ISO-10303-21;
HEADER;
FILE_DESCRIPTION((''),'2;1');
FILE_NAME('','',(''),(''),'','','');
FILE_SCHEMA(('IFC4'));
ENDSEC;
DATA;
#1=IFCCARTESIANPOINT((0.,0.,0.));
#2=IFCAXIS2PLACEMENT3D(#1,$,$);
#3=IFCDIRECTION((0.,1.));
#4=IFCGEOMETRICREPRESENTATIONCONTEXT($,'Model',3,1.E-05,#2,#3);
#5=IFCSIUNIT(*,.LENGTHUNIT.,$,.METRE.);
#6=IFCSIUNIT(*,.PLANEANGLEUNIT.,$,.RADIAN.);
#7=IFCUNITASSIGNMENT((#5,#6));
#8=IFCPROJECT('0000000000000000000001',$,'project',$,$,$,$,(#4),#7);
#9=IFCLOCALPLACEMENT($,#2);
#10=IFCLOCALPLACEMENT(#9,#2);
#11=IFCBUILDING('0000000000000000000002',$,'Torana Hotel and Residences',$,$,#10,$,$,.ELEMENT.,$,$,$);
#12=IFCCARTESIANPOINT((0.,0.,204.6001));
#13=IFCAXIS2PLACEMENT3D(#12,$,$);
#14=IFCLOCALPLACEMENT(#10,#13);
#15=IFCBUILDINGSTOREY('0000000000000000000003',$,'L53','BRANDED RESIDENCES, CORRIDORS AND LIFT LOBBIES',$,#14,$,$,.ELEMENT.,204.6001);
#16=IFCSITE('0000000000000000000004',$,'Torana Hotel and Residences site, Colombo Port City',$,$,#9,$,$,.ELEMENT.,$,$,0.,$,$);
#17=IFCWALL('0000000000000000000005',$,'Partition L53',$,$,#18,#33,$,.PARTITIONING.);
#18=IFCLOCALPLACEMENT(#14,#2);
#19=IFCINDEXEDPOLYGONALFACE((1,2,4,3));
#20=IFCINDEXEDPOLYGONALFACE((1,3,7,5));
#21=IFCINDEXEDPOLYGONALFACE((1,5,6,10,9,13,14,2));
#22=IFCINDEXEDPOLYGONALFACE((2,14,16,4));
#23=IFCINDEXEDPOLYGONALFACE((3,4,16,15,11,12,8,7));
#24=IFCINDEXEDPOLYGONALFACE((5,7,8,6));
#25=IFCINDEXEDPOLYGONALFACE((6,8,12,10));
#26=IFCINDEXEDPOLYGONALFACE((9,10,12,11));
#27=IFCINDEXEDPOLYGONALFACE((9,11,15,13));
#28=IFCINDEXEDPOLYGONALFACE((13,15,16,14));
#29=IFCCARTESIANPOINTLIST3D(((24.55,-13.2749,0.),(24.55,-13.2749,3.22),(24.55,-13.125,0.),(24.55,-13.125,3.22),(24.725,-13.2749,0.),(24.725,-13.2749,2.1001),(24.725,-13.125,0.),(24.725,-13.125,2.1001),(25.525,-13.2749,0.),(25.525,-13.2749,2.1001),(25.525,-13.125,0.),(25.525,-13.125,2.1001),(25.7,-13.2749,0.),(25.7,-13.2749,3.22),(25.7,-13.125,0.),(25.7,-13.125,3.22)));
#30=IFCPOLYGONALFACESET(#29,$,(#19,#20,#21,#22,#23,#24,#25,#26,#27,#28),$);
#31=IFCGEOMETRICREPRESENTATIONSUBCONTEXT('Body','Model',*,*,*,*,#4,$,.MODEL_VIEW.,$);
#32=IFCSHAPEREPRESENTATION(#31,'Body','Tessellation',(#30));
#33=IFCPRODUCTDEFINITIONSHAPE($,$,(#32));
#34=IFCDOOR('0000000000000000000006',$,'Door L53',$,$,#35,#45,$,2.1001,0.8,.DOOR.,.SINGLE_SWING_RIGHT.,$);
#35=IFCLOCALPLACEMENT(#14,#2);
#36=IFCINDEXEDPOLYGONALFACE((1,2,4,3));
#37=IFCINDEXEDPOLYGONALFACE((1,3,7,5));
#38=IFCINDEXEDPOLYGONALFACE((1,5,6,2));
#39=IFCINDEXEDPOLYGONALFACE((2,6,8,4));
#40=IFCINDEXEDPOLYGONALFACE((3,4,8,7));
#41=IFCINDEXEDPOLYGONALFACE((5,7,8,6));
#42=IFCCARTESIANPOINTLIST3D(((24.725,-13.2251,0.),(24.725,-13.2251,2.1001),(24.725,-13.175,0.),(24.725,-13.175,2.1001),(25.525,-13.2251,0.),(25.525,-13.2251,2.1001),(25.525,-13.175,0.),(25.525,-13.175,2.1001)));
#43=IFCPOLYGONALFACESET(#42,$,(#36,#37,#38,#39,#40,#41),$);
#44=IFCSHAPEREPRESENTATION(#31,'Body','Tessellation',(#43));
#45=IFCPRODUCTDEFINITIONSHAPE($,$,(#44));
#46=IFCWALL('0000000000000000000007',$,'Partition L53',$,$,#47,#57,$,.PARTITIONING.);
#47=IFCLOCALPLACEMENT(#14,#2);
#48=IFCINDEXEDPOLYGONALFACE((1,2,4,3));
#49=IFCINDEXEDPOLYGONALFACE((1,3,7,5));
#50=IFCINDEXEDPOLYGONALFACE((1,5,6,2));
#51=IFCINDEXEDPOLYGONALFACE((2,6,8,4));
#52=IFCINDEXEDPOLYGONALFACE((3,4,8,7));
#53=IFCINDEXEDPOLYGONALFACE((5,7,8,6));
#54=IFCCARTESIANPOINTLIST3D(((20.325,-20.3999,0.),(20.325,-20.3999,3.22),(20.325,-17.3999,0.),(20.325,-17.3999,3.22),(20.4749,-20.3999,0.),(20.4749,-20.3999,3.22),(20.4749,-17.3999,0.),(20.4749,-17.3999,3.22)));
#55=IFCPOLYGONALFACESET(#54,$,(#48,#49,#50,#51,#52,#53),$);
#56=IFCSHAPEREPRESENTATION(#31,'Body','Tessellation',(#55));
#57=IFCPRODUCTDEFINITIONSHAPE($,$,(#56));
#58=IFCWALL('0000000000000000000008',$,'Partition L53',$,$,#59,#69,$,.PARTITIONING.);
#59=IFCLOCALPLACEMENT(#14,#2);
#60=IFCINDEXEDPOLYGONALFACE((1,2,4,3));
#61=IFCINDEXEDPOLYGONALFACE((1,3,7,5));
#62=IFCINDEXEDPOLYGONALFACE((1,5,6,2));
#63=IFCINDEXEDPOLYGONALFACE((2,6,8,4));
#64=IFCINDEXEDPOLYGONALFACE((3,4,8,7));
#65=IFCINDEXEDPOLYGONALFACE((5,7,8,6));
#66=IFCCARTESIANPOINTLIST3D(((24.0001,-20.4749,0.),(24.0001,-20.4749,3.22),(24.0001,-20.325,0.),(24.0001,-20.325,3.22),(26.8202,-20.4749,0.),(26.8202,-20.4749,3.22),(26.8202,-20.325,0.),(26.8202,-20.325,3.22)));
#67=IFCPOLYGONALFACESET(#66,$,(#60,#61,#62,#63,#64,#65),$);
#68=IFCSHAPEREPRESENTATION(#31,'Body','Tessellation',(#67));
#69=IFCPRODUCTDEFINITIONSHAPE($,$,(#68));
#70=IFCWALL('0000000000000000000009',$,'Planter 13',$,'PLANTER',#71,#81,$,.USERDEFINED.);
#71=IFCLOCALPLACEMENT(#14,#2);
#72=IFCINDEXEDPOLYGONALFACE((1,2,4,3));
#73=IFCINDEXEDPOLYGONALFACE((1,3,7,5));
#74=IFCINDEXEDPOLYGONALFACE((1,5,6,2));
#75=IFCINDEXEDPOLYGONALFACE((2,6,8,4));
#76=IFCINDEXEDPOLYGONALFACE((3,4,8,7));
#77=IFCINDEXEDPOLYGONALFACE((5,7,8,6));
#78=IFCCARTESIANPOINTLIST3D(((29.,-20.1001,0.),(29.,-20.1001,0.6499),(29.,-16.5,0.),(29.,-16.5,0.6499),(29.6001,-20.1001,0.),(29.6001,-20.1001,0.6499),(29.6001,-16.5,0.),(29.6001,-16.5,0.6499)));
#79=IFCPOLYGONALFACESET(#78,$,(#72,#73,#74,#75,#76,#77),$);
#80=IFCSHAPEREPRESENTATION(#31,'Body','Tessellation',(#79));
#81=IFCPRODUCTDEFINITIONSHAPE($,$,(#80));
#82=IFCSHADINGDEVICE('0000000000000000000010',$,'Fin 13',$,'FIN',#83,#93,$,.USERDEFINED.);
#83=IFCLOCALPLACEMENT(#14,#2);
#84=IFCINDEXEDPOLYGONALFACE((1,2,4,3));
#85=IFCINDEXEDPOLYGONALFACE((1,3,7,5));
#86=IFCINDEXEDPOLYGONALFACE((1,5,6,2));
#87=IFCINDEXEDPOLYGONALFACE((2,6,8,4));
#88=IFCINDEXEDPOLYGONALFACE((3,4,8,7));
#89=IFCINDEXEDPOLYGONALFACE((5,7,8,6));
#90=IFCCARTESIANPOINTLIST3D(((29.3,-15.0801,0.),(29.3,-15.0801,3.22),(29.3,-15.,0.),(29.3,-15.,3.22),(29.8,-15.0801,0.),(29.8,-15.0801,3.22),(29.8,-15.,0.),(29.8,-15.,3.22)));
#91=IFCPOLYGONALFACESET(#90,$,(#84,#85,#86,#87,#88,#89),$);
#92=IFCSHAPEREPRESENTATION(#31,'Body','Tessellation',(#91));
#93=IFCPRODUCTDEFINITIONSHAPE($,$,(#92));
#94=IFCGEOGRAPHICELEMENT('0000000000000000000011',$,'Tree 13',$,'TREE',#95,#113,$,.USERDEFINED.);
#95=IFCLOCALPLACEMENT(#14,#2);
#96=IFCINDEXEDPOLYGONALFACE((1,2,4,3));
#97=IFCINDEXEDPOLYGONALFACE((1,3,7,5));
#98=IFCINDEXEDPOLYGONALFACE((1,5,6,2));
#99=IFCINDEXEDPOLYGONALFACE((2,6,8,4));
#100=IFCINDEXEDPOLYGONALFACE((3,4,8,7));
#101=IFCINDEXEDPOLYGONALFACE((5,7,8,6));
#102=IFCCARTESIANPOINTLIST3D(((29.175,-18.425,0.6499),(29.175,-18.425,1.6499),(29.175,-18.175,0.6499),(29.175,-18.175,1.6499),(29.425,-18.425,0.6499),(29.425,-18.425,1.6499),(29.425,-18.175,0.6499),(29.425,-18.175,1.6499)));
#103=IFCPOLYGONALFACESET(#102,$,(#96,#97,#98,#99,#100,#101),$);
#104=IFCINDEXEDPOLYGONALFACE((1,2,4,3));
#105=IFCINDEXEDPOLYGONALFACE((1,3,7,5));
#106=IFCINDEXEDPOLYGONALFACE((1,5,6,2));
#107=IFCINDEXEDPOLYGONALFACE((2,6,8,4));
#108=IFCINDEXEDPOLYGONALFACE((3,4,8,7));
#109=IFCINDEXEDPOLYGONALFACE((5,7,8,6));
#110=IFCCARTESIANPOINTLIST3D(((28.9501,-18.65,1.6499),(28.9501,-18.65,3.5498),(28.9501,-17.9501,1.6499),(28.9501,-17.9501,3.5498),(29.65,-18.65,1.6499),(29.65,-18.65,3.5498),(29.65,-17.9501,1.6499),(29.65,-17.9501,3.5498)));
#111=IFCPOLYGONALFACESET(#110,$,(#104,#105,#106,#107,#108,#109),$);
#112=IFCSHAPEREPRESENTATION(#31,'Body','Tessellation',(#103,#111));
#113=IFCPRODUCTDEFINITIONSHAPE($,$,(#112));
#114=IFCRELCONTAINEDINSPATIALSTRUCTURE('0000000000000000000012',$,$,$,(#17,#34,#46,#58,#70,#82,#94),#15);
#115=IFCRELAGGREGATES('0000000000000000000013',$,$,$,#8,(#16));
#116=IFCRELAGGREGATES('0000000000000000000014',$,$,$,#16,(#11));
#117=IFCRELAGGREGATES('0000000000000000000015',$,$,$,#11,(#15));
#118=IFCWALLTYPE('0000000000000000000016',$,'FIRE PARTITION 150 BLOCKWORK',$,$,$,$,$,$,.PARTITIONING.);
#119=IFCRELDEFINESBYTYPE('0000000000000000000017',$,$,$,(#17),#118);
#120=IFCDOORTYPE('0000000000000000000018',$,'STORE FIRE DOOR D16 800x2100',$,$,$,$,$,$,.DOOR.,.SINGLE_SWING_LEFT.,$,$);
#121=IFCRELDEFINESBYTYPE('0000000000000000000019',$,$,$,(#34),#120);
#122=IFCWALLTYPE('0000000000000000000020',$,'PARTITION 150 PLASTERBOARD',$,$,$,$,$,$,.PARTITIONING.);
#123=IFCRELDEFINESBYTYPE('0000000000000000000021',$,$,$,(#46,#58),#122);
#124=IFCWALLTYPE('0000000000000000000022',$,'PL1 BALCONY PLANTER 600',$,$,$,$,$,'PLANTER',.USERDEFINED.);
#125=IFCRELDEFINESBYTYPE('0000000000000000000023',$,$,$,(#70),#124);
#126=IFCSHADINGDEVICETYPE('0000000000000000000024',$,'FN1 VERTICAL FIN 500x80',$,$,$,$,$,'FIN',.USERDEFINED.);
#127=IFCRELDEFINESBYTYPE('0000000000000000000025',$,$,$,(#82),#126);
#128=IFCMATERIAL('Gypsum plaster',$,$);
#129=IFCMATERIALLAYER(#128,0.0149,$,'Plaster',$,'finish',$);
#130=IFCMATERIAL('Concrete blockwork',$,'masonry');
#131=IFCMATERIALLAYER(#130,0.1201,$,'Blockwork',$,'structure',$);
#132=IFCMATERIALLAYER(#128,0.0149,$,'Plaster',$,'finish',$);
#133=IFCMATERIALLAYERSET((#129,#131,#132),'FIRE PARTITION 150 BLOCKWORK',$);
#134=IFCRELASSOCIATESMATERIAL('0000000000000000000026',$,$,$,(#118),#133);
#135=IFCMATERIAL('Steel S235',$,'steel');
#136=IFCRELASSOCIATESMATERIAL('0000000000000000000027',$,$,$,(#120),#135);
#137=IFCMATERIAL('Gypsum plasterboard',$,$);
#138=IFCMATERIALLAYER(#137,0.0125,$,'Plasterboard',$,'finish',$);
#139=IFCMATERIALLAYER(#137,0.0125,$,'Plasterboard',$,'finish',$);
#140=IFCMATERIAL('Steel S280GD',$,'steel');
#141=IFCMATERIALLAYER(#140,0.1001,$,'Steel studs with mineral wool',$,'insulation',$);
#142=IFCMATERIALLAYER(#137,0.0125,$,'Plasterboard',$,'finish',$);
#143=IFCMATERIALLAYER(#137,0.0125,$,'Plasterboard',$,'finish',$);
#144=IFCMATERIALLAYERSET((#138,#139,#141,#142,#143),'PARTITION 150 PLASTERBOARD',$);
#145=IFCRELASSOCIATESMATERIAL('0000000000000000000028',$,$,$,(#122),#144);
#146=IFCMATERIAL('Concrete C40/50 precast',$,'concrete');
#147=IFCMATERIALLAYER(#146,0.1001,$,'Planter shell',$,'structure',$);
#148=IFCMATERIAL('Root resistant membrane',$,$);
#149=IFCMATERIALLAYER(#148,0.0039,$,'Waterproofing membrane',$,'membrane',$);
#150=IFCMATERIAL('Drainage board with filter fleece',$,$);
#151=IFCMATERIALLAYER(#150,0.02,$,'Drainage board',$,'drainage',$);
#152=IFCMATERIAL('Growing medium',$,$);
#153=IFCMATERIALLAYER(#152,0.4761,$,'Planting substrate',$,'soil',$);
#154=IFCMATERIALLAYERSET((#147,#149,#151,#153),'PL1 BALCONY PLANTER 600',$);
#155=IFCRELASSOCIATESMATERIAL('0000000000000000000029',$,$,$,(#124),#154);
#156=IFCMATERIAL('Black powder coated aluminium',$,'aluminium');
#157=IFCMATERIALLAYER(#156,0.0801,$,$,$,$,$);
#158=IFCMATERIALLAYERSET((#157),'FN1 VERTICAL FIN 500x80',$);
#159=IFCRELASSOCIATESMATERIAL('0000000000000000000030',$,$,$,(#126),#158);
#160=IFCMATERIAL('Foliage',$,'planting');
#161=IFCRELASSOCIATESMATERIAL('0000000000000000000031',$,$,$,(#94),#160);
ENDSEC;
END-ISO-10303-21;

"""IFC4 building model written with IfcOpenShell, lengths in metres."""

from ifc_helpers import new_model, si_unit, direction, frame, frame_2d, origin, origin_2d, place, context, subcontext, project, spatial, rectangle, extrude, material, layer, layer_set, type_object, element, fill, save


model = new_model("IFC4")

# Units and contexts
model_context = context("Model", 3, precision=1e-05, world=origin(), true_north=direction((0.0, 1.0)))
body_context = subcontext(model_context, "Body", "Model", "MODEL_VIEW")
ifc_project = project(units=[si_unit("LENGTHUNIT", "METRE"), si_unit("PLANEANGLEUNIT", "RADIAN")], contexts=[model_context])

# Site, building, storey
site_placement = place(None, origin())
site = spatial("IfcSite", under=ifc_project, at=site_placement, Name="Torana Hotel and Residences site, Colombo Port City", CompositionType="ELEMENT", RefElevation=0.0)
building_placement = place(site_placement, origin())
building = spatial("IfcBuilding", under=site, at=building_placement, Name="Torana Hotel and Residences", CompositionType="ELEMENT")
storey_placement = place(building_placement, frame((0.0, 0.0, 204.6001)))
storey = spatial("IfcBuildingStorey", under=building, at=storey_placement, Name="L53", Description="BRANDED RESIDENCES, CORRIDORS AND LIFT LOBBIES", CompositionType="ELEMENT", Elevation=204.6001)

# Shared definitions
ifc_material_1 = material(Name="Gypsum plaster")
ifc_layer_1 = layer(ifc_material_1, 0.0149, Name="Plaster", Category="finish")
ifc_material_2 = material(Name="Concrete blockwork", Category="masonry")
ifc_layer_2 = layer(ifc_material_2, 0.1201, Name="Blockwork", Category="structure")
ifc_layer_3 = layer(ifc_material_1, 0.0149, Name="Plaster", Category="finish")
ifc_layer_set_1 = layer_set([ifc_layer_1, ifc_layer_2, ifc_layer_3], Name="FIRE PARTITION 150 BLOCKWORK")
wall_type_1 = type_object("IfcWallType", Name="FIRE PARTITION 150 BLOCKWORK", PredefinedType="PARTITIONING", material=ifc_layer_set_1)

# Wall, opening, door
wall_1_placement = place(storey_placement, frame((24.55, -13.2, 0.0), z_axis=(0.0, 0.0, 1.0), x_axis=(1.0, 0.0, 0.0)))
wall_1 = element("IfcWall", 1, at=wall_1_placement, inside=storey, type_object=wall_type_1, Name="Partition L53", PredefinedType="PARTITIONING", context=body_context, shape_type="SweptSolid", body=[
    extrude(rectangle(XDim=1.1499, YDim=0.1499, at=frame_2d((0.575, 0.0))), origin(), (0.0, 0.0, 1.0), 3.22),
])
opening_1_placement = place(wall_1_placement, frame((0.175, 0.0, 0.0)))
opening_1 = element("IfcOpeningElement", 2, at=opening_1_placement, cuts=wall_1, PredefinedType="OPENING", context=body_context, shape_type="SweptSolid", body=[
    extrude(rectangle(XDim=0.8, YDim=2.1001, at=frame_2d((0.3999, 1.05))), frame((0.0, 0.085, 0.0), z_axis=(0.0, -1.0, 0.0), x_axis=(1.0, 0.0, 0.0)), (0.0, 0.0, 1.0), 0.1699),
])
ifc_material_3 = material(Name="Steel S235", Category="steel")
door_type_1 = type_object("IfcDoorType", Name="STORE FIRE DOOR D16 800x2100", OperationType="SINGLE_SWING_LEFT", PredefinedType="DOOR", material=ifc_material_3)
door_1_placement = place(opening_1_placement, origin())
door_1 = element("IfcDoor", 3, at=door_1_placement, inside=storey, type_object=door_type_1, Name="Door L53", OperationType="SINGLE_SWING_RIGHT", OverallHeight=2.1001, OverallWidth=0.8, PredefinedType="DOOR", context=body_context, shape_type="SweptSolid", body=[
    extrude(rectangle(XDim=0.8, YDim=2.1001, at=frame_2d((0.3999, 1.05))), frame((0.0, 0.0249, 0.0), z_axis=(0.0, -1.0, 0.0), x_axis=(1.0, 0.0, 0.0)), (0.0, 0.0, 1.0), 0.05),
])
fill(opening_1, door_1)

# Walls
ifc_material_4 = material(Name="Gypsum plasterboard")
ifc_layer_4 = layer(ifc_material_4, 0.0125, Name="Plasterboard", Category="finish")
ifc_layer_5 = layer(ifc_material_4, 0.0125, Name="Plasterboard", Category="finish")
ifc_material_5 = material(Name="Steel S280GD", Category="steel")
ifc_layer_6 = layer(ifc_material_5, 0.1001, Name="Steel studs with mineral wool", Category="insulation")
ifc_layer_7 = layer(ifc_material_4, 0.0125, Name="Plasterboard", Category="finish")
ifc_layer_8 = layer(ifc_material_4, 0.0125, Name="Plasterboard", Category="finish")
ifc_layer_set_2 = layer_set([ifc_layer_4, ifc_layer_5, ifc_layer_6, ifc_layer_7, ifc_layer_8], Name="PARTITION 150 PLASTERBOARD")
wall_type_2 = type_object("IfcWallType", Name="PARTITION 150 PLASTERBOARD", PredefinedType="PARTITIONING", material=ifc_layer_set_2)
wall_2_placement = place(storey_placement, frame((20.3999, -20.3999, 0.0), z_axis=(0.0, 0.0, 1.0), x_axis=(0.0, 1.0, 0.0)))
element("IfcWall", 4, at=wall_2_placement, inside=storey, type_object=wall_type_2, Name="Partition L53", PredefinedType="PARTITIONING", context=body_context, shape_type="SweptSolid", body=[
    extrude(rectangle(XDim=3.0, YDim=0.1499, at=frame_2d((1.5, 0.0))), origin(), (0.0, 0.0, 1.0), 3.22),
])
wall_3_placement = place(storey_placement, frame((24.0, -20.3999, 0.0), z_axis=(0.0, 0.0, 1.0), x_axis=(1.0, 0.0, 0.0)))
element("IfcWall", 5, at=wall_3_placement, inside=storey, type_object=wall_type_2, Name="Partition L53", PredefinedType="PARTITIONING", context=body_context, shape_type="SweptSolid", body=[
    extrude(rectangle(XDim=2.8201, YDim=0.1499, at=frame_2d((1.4102, 0.0))), origin(), (0.0, 0.0, 1.0), 3.22),
])
ifc_material_6 = material(Name="Concrete C40/50 precast", Category="concrete")
ifc_layer_9 = layer(ifc_material_6, 0.1001, Name="Planter shell", Category="structure")
ifc_material_7 = material(Name="Root resistant membrane")
ifc_layer_10 = layer(ifc_material_7, 0.0039, Name="Waterproofing membrane", Category="membrane")
ifc_material_8 = material(Name="Drainage board with filter fleece")
ifc_layer_11 = layer(ifc_material_8, 0.02, Name="Drainage board", Category="drainage")
ifc_material_9 = material(Name="Growing medium")
ifc_layer_12 = layer(ifc_material_9, 0.4761, Name="Planting substrate", Category="soil")
ifc_layer_set_3 = layer_set([ifc_layer_9, ifc_layer_10, ifc_layer_11, ifc_layer_12], Name="PL1 BALCONY PLANTER 600")
wall_type_3 = type_object("IfcWallType", Name="PL1 BALCONY PLANTER 600", ElementType="PLANTER", PredefinedType="USERDEFINED", material=ifc_layer_set_3)
wall_4_placement = place(storey_placement, frame((29.3, -16.5, 0.0), z_axis=(0.0, 0.0, 1.0), x_axis=(0.0, -1.0, 0.0)))
element("IfcWall", 6, at=wall_4_placement, inside=storey, type_object=wall_type_3, Name="Planter 13", ObjectType="PLANTER", PredefinedType="USERDEFINED", context=body_context, shape_type="SweptSolid", body=[
    extrude(rectangle(XDim=3.6001, YDim=0.6001, at=frame_2d((1.8, 0.0))), origin(), (0.0, 0.0, 1.0), 0.6499),
])

# Shading device
ifc_material_10 = material(Name="Black powder coated aluminium", Category="aluminium")
ifc_layer_13 = layer(ifc_material_10, 0.0801)
ifc_layer_set_4 = layer_set([ifc_layer_13], Name="FN1 VERTICAL FIN 500x80")
shading_device_type = type_object("IfcShadingDeviceType", Name="FN1 VERTICAL FIN 500x80", ElementType="FIN", PredefinedType="USERDEFINED", material=ifc_layer_set_4)
shading_device_placement = place(storey_placement, frame((29.55, -15.04, 0.0), z_axis=(0.0, 0.0, 1.0), x_axis=(0.0, -1.0, 0.0)))
element("IfcShadingDevice", 7, at=shading_device_placement, inside=storey, type_object=shading_device_type, Name="Fin 13", ObjectType="FIN", PredefinedType="USERDEFINED", context=body_context, shape_type="SweptSolid", body=[
    extrude(rectangle(XDim=0.0801, YDim=0.5, at=origin_2d()), origin(), (0.0, 0.0, 1.0), 3.22),
])

# Geographic element
ifc_material_11 = material(Name="Foliage", Category="planting")
geographic_element_placement = place(storey_placement, frame((29.3, -18.3, 0.6499), z_axis=(0.0, 0.0, 1.0), x_axis=(1.0, 0.0, 0.0)))
element("IfcGeographicElement", 8, at=geographic_element_placement, inside=storey, material=ifc_material_11, Name="Tree 13", ObjectType="TREE", PredefinedType="USERDEFINED", context=body_context, shape_type="SweptSolid", body=[
    extrude(rectangle(XDim=0.25, YDim=0.25, at=origin_2d()), origin(), (0.0, 0.0, 1.0), 1.0),
    extrude(rectangle(XDim=0.7, YDim=0.7, at=origin_2d()), frame((0.0, 0.0, 1.0)), (0.0, 0.0, 1.0), 1.8999),
])

save(model, "model.ifc")
